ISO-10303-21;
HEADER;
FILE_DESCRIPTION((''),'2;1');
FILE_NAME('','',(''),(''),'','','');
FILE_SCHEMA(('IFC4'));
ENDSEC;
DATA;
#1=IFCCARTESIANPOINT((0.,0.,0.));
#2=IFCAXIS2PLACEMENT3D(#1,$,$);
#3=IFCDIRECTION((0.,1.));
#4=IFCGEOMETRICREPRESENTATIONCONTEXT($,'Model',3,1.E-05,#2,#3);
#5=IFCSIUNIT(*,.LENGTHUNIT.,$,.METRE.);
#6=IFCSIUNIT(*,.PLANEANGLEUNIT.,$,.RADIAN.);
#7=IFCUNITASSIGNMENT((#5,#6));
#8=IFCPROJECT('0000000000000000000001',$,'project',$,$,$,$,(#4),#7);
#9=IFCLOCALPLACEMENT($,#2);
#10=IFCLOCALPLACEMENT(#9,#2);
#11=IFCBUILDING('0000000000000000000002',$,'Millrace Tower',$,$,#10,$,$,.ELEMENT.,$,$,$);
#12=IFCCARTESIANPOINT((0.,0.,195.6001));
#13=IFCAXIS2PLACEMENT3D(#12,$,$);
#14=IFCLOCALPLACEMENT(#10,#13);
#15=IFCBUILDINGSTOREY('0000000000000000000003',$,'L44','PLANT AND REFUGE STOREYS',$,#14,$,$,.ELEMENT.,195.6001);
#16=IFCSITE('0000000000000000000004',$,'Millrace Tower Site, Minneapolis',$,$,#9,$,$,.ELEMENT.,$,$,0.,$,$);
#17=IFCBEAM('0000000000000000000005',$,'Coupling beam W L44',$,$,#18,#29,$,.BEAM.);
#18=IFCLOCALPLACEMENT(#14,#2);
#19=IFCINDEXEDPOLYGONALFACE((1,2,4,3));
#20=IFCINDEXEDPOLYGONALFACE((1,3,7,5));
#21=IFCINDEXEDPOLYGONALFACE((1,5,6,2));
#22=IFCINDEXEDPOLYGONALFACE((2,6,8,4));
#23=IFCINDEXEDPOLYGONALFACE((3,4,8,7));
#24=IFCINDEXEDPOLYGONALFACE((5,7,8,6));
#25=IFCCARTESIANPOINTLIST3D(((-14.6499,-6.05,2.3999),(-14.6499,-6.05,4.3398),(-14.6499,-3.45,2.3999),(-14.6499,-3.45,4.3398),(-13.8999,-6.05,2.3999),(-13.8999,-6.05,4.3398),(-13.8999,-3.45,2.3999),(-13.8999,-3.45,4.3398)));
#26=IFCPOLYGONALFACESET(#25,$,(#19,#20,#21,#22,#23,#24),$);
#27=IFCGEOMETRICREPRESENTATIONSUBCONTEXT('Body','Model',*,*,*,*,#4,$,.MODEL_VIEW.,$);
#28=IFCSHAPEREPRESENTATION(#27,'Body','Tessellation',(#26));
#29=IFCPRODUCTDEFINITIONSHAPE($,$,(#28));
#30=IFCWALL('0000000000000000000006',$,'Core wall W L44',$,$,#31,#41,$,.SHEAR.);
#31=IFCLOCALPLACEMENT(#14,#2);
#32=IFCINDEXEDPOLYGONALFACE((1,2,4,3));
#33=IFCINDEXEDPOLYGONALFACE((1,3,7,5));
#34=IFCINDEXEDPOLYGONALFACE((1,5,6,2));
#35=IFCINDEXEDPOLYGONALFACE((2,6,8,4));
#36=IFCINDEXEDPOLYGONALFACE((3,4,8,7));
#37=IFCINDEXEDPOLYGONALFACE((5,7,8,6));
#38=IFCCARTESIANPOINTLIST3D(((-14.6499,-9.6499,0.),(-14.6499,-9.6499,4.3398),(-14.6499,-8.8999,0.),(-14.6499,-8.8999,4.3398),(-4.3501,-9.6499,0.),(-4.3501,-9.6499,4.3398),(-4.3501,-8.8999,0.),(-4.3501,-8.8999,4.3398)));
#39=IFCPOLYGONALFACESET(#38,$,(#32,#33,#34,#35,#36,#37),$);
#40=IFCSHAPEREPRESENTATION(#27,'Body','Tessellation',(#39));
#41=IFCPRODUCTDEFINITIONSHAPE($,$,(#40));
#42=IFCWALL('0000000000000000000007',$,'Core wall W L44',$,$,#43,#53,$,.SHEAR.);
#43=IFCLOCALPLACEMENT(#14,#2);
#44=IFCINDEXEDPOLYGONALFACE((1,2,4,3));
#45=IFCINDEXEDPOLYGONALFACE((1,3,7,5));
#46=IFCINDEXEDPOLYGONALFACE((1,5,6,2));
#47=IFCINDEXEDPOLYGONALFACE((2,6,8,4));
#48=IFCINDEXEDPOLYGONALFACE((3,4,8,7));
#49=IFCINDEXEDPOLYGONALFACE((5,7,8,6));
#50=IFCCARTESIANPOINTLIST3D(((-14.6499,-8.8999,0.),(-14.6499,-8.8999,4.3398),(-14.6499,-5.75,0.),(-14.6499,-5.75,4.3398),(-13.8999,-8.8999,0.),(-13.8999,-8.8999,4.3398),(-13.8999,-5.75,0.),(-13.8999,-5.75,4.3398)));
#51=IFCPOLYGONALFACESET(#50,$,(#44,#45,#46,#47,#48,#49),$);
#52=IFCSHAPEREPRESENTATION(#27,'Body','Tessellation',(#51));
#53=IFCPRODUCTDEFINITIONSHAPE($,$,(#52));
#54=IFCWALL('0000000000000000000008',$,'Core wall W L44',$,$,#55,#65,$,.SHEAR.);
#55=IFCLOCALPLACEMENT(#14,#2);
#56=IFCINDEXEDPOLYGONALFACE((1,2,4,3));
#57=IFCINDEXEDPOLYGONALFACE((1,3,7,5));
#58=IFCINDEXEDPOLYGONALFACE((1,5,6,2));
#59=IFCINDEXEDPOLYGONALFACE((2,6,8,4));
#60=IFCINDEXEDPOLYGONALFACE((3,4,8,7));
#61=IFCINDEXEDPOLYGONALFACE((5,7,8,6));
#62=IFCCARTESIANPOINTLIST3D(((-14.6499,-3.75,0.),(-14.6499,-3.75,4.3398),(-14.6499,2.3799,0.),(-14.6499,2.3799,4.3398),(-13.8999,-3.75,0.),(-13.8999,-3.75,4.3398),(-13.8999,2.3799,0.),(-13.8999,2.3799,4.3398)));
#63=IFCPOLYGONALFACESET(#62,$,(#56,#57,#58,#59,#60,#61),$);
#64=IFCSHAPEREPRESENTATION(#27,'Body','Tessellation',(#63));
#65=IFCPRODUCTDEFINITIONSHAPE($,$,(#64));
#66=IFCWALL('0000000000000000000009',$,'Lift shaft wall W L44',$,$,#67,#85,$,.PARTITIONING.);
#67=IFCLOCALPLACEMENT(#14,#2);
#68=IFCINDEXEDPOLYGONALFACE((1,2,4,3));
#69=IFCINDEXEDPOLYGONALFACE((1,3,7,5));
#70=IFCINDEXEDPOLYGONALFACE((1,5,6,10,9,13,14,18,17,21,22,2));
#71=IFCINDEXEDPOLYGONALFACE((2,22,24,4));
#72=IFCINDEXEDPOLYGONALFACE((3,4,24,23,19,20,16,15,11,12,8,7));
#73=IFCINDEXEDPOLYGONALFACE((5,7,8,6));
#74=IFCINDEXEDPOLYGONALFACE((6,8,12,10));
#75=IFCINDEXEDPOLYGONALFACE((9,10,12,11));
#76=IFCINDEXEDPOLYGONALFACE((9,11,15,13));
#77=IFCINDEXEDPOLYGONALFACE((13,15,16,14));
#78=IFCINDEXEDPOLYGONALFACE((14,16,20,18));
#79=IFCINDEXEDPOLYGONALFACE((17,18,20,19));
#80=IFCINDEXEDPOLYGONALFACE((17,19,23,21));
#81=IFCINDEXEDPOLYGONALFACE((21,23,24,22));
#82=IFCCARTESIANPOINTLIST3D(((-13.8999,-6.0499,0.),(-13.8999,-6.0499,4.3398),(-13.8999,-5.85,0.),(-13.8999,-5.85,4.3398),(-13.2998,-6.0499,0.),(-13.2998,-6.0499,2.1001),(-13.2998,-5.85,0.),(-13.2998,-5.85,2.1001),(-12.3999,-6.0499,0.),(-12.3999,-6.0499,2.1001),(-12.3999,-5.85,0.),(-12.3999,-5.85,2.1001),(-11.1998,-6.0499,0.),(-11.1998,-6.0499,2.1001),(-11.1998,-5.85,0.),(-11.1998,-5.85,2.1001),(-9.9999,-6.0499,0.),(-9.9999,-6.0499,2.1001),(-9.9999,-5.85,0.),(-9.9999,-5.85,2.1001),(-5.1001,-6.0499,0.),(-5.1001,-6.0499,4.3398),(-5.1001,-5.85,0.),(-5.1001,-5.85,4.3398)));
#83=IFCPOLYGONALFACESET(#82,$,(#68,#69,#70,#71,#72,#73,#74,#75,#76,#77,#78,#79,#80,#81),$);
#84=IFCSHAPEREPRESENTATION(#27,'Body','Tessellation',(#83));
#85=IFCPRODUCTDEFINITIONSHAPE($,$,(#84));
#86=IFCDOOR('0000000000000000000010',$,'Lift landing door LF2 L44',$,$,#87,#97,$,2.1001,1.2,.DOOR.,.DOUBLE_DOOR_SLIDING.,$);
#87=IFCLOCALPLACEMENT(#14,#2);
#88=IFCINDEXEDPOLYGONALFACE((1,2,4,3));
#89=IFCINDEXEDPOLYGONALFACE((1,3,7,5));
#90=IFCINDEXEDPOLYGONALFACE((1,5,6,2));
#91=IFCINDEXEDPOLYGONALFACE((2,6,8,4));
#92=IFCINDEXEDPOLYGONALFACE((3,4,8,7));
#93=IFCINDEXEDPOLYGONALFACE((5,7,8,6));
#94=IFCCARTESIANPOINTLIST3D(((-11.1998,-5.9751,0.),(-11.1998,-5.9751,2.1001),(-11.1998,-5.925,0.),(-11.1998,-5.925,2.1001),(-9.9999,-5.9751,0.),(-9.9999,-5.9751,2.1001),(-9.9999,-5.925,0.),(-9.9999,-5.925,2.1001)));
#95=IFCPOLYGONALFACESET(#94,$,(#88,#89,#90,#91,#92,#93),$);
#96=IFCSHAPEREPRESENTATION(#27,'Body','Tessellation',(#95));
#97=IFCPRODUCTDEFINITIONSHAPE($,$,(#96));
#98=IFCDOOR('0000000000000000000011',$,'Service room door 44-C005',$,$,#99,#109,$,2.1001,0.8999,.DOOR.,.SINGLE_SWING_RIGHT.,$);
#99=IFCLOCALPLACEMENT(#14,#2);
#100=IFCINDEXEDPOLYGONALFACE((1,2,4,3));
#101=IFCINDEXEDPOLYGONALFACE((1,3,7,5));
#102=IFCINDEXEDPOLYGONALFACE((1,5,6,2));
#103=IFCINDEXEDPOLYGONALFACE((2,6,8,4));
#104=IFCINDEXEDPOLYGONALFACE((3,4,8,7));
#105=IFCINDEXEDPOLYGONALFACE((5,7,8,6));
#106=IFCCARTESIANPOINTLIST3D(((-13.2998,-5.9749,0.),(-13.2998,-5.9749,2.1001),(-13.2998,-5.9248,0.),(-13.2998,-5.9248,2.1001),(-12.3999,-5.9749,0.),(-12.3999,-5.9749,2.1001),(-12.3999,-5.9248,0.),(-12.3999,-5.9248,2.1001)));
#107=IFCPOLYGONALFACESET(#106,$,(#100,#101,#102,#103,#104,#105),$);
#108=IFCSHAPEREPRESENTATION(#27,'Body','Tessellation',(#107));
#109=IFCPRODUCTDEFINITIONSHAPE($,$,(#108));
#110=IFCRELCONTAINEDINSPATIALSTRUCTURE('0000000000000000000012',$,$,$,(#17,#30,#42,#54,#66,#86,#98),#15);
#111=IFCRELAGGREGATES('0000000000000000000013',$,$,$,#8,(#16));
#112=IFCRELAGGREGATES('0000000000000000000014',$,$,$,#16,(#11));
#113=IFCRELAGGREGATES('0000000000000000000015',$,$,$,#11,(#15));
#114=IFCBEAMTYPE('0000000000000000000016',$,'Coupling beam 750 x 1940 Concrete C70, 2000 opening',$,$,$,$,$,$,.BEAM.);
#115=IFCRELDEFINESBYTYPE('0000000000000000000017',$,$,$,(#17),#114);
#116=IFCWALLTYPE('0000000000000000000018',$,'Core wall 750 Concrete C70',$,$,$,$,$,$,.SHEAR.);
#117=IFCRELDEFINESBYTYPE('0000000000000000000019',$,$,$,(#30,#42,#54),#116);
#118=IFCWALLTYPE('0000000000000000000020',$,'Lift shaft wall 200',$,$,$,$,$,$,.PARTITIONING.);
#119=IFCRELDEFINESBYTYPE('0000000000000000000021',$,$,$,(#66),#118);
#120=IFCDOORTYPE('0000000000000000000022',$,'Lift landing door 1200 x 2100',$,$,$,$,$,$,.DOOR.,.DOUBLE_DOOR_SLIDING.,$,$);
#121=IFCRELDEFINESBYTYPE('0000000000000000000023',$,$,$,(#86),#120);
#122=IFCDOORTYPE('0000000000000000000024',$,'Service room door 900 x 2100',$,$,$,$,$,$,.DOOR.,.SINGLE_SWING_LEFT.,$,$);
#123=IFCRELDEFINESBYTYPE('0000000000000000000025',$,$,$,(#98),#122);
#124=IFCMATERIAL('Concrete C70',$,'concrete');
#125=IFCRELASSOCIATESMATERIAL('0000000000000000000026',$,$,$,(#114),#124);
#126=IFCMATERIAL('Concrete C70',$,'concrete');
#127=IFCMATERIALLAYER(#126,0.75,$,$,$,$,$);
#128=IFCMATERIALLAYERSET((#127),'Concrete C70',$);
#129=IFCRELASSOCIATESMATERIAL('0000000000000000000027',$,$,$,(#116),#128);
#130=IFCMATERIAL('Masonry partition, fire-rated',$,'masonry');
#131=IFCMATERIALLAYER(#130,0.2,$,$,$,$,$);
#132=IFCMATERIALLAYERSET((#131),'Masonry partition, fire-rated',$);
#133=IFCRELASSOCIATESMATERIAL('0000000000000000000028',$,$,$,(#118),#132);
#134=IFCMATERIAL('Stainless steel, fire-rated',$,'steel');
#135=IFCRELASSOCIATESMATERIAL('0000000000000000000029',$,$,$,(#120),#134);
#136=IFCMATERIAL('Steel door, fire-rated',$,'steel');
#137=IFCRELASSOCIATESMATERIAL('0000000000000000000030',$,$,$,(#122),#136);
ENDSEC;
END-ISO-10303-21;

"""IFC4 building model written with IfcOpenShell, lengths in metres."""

from ifc_helpers import new_model, si_unit, direction, frame, frame_2d, origin, origin_2d, place, context, subcontext, project, spatial, rectangle, extrude, material, layer, layer_set, material_profile, profile_set, type_object, element, fill, save


model = new_model("IFC4")

# Units and contexts
model_context = context("Model", 3, precision=1e-05, world=origin(), true_north=direction((0.0, 1.0)))
body_context = subcontext(model_context, "Body", "Model", "MODEL_VIEW")
ifc_project = project(units=[si_unit("LENGTHUNIT", "METRE"), si_unit("PLANEANGLEUNIT", "RADIAN")], contexts=[model_context])

# Site, building, storey
site_placement = place(None, origin())
site = spatial("IfcSite", under=ifc_project, at=site_placement, Name="Millrace Tower Site, Minneapolis", CompositionType="ELEMENT", RefElevation=0.0)
building_placement = place(site_placement, origin())
building = spatial("IfcBuilding", under=site, at=building_placement, Name="Millrace Tower", CompositionType="ELEMENT")
storey_placement = place(building_placement, frame((0.0, 0.0, 195.6001)))
storey = spatial("IfcBuildingStorey", under=building, at=storey_placement, Name="L44", Description="PLANT AND REFUGE STOREYS", CompositionType="ELEMENT", Elevation=195.6001)

# Beam
ifc_material_1 = material(Name="Concrete C70", Category="concrete")
ifc_material_profile = material_profile(ifc_material_1, rectangle(XDim=0.75, YDim=1.9399, at=origin_2d()))
ifc_profile_set = profile_set([ifc_material_profile], Name="Concrete C70")
beam_type = type_object("IfcBeamType", Name="Coupling beam 750 x 1940 Concrete C70, 2000 opening", PredefinedType="BEAM", material=ifc_profile_set)
beam_placement = place(storey_placement, frame((-14.2749, -6.05, 3.3699), z_axis=(0.0, 1.0, 0.0), x_axis=(-1.0, 0.0, 0.0)))
element("IfcBeam", 1, at=beam_placement, inside=storey, type_object=beam_type, Name="Coupling beam W L44", PredefinedType="BEAM", context=body_context, shape_type="SweptSolid", body=[
    extrude(rectangle(XDim=0.75, YDim=1.9399, at=origin_2d()), origin(), (0.0, 0.0, 1.0), 2.6001),
])

# Walls
ifc_material_2 = material(Name="Concrete C70", Category="concrete")
ifc_layer_1 = layer(ifc_material_2, 0.75)
ifc_layer_set_1 = layer_set([ifc_layer_1], Name="Concrete C70")
wall_type_1 = type_object("IfcWallType", Name="Core wall 750 Concrete C70", PredefinedType="SHEAR", material=ifc_layer_set_1)
wall_1_placement = place(storey_placement, frame((-14.6499, -9.2749, 0.0), z_axis=(0.0, 0.0, 1.0), x_axis=(1.0, 0.0, 0.0)))
element("IfcWall", 2, at=wall_1_placement, inside=storey, type_object=wall_type_1, Name="Core wall W L44", PredefinedType="SHEAR", context=body_context, shape_type="SweptSolid", body=[
    extrude(rectangle(XDim=10.2998, YDim=0.75, at=frame_2d((5.1499, 0.0))), origin(), (0.0, 0.0, 1.0), 4.3398),
])
wall_2_placement = place(storey_placement, frame((-14.2749, -8.8999, 0.0), z_axis=(0.0, 0.0, 1.0), x_axis=(0.0, 1.0, 0.0)))
element("IfcWall", 3, at=wall_2_placement, inside=storey, type_object=wall_type_1, Name="Core wall W L44", PredefinedType="SHEAR", context=body_context, shape_type="SweptSolid", body=[
    extrude(rectangle(XDim=3.1499, YDim=0.75, at=frame_2d((1.575, 0.0))), origin(), (0.0, 0.0, 1.0), 4.3398),
])
wall_3_placement = place(storey_placement, frame((-14.2749, -3.75, 0.0), z_axis=(0.0, 0.0, 1.0), x_axis=(0.0, 1.0, 0.0)))
element("IfcWall", 4, at=wall_3_placement, inside=storey, type_object=wall_type_1, Name="Core wall W L44", PredefinedType="SHEAR", context=body_context, shape_type="SweptSolid", body=[
    extrude(rectangle(XDim=6.1299, YDim=0.75, at=frame_2d((3.0649, 0.0))), origin(), (0.0, 0.0, 1.0), 4.3398),
])

# Wall, openings, doors
ifc_material_3 = material(Name="Masonry partition, fire-rated", Category="masonry")
ifc_layer_2 = layer(ifc_material_3, 0.2)
ifc_layer_set_2 = layer_set([ifc_layer_2], Name="Masonry partition, fire-rated")
wall_type_2 = type_object("IfcWallType", Name="Lift shaft wall 200", PredefinedType="PARTITIONING", material=ifc_layer_set_2)
wall_4_placement = place(storey_placement, frame((-13.8999, -5.95, 0.0), z_axis=(0.0, 0.0, 1.0), x_axis=(1.0, 0.0, 0.0)))
wall_4 = element("IfcWall", 5, at=wall_4_placement, inside=storey, type_object=wall_type_2, Name="Lift shaft wall W L44", PredefinedType="PARTITIONING", context=body_context, shape_type="SweptSolid", body=[
    extrude(rectangle(XDim=8.7998, YDim=0.2, at=frame_2d((4.3999, 0.0))), origin(), (0.0, 0.0, 1.0), 4.3398),
])
opening_1_placement = place(wall_4_placement, frame((2.7, 0.0, 0.0)))
opening_1 = element("IfcOpeningElement", 6, at=opening_1_placement, cuts=wall_4, PredefinedType="OPENING", context=body_context, shape_type="SweptSolid", body=[
    extrude(rectangle(XDim=1.2, YDim=2.1001, at=frame_2d((0.6001, 1.05))), frame((0.0, 0.1099, 0.0), z_axis=(0.0, -1.0, 0.0), x_axis=(1.0, 0.0, 0.0)), (0.0, 0.0, 1.0), 0.22),
])
opening_2_placement = place(wall_4_placement, frame((0.6001, 0.0, 0.0)))
opening_2 = element("IfcOpeningElement", 7, at=opening_2_placement, cuts=wall_4, PredefinedType="OPENING", context=body_context, shape_type="SweptSolid", body=[
    extrude(rectangle(XDim=0.8999, YDim=2.1001, at=frame_2d((0.45, 1.05))), frame((0.0, 0.1099, 0.0), z_axis=(0.0, -1.0, 0.0), x_axis=(1.0, 0.0, 0.0)), (0.0, 0.0, 1.0), 0.22),
])
ifc_material_4 = material(Name="Stainless steel, fire-rated", Category="steel")
door_type_1 = type_object("IfcDoorType", Name="Lift landing door 1200 x 2100", OperationType="DOUBLE_DOOR_SLIDING", PredefinedType="DOOR", material=ifc_material_4)
door_1_placement = place(opening_1_placement, origin())
door_1 = element("IfcDoor", 8, at=door_1_placement, inside=storey, type_object=door_type_1, Name="Lift landing door LF2 L44", OperationType="DOUBLE_DOOR_SLIDING", OverallHeight=2.1001, OverallWidth=1.2, PredefinedType="DOOR", context=body_context, shape_type="SweptSolid", body=[
    extrude(rectangle(XDim=1.2, YDim=2.1001, at=frame_2d((0.6001, 1.05))), frame((0.0, 0.0249, 0.0), z_axis=(0.0, -1.0, 0.0), x_axis=(1.0, 0.0, 0.0)), (0.0, 0.0, 1.0), 0.05),
])
fill(opening_1, door_1)
ifc_material_5 = material(Name="Steel door, fire-rated", Category="steel")
door_type_2 = type_object("IfcDoorType", Name="Service room door 900 x 2100", OperationType="SINGLE_SWING_LEFT", PredefinedType="DOOR", material=ifc_material_5)
door_2_placement = place(opening_2_placement, frame((0.8999, 0.0, 0.0), z_axis=(0.0, 0.0, 1.0), x_axis=(-1.0, 0.0, 0.0)))
door_2 = element("IfcDoor", 9, at=door_2_placement, inside=storey, type_object=door_type_2, Name="Service room door 44-C005", OperationType="SINGLE_SWING_RIGHT", OverallHeight=2.1001, OverallWidth=0.8999, PredefinedType="DOOR", context=body_context, shape_type="SweptSolid", body=[
    extrude(rectangle(XDim=0.8999, YDim=2.1001, at=frame_2d((0.45, 1.05))), frame((0.0, 0.0249, 0.0), z_axis=(0.0, -1.0, 0.0), x_axis=(1.0, 0.0, 0.0)), (0.0, 0.0, 1.0), 0.05),
])
fill(opening_2, door_2)

save(model, "model.ifc")
